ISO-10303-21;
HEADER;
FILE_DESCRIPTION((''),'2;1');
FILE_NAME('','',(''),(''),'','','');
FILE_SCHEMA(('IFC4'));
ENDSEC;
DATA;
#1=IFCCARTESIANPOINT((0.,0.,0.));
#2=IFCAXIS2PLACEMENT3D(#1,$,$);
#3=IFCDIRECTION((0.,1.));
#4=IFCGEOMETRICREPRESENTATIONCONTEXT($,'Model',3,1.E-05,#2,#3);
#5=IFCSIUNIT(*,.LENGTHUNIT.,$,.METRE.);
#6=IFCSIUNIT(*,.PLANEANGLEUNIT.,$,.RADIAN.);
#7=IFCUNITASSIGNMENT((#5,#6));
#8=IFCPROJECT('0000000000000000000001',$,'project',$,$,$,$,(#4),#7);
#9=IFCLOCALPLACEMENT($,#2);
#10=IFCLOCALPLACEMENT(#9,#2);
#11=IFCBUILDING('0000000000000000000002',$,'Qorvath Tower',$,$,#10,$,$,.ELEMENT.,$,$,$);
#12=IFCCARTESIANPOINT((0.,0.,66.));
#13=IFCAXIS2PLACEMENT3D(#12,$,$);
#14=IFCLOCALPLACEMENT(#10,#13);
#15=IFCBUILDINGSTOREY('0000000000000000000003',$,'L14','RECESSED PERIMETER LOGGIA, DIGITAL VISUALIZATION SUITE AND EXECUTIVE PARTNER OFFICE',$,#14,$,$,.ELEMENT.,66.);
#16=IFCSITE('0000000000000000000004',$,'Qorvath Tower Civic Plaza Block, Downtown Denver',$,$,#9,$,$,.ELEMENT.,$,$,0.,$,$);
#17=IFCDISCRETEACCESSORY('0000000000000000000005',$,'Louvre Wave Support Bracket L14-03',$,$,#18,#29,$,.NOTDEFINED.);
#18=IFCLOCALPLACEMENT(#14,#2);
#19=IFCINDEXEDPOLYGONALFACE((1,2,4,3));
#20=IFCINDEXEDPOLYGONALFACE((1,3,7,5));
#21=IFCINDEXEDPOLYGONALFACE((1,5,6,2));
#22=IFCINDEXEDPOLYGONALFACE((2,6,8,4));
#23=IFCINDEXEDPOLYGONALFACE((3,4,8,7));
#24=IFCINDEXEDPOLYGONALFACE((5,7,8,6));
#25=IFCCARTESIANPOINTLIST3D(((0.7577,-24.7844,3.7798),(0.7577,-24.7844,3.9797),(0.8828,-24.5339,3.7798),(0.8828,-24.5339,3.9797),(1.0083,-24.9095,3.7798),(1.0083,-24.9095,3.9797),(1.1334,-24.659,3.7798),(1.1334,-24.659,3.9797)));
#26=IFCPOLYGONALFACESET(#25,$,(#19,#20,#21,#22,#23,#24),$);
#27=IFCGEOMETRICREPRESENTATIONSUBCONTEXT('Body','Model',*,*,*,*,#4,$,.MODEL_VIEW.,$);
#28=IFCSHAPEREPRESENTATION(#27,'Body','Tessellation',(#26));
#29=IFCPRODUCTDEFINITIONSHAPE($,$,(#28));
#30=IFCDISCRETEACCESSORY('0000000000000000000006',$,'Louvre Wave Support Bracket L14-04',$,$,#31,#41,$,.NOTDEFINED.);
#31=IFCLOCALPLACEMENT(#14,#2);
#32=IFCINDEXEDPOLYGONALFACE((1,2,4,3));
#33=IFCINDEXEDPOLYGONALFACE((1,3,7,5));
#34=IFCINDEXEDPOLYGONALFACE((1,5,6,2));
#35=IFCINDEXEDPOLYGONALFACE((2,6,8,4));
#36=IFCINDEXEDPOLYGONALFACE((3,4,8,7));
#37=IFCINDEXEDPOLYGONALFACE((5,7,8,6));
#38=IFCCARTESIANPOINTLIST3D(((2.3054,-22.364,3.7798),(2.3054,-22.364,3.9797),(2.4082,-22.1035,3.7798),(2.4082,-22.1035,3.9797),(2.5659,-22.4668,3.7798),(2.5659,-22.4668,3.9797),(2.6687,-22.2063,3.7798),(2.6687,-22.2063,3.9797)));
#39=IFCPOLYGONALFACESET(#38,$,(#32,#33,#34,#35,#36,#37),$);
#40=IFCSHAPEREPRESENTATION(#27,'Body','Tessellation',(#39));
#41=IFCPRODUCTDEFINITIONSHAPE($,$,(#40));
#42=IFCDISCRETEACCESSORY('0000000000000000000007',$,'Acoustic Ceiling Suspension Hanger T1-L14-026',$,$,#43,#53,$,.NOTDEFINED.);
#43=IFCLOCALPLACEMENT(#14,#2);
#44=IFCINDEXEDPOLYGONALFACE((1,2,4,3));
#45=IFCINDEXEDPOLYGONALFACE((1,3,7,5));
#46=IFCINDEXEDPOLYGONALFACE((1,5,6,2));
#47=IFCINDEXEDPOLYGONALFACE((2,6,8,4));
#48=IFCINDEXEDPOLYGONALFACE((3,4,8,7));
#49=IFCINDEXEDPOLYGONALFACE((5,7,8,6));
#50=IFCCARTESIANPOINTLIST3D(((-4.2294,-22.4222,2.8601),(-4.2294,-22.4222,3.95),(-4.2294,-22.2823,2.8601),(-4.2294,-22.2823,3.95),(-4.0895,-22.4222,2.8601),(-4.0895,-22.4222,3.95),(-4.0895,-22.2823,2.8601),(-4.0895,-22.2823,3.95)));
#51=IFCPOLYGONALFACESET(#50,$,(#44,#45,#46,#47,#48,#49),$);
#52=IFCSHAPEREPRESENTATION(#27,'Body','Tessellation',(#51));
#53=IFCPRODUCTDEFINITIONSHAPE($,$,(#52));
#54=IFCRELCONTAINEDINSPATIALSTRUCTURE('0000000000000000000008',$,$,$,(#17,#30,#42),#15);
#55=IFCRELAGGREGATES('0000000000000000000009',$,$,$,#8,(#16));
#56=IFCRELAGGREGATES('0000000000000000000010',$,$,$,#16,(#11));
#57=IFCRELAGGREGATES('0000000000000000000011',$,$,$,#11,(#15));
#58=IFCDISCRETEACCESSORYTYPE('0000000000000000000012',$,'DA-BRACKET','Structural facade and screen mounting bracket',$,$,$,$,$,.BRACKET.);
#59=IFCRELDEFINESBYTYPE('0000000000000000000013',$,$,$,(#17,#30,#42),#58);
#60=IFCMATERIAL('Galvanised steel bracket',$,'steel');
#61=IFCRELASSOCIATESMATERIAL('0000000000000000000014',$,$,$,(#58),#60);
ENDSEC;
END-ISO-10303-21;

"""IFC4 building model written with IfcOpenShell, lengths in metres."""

from ifc_helpers import new_model, si_unit, direction, frame, origin, origin_2d, place, context, subcontext, project, spatial, rectangle, extrude, material, type_object, element, save


model = new_model("IFC4")

# Units and contexts
model_context = context("Model", 3, precision=1e-05, world=origin(), true_north=direction((0.0, 1.0)))
body_context = subcontext(model_context, "Body", "Model", "MODEL_VIEW")
ifc_project = project(units=[si_unit("LENGTHUNIT", "METRE"), si_unit("PLANEANGLEUNIT", "RADIAN")], contexts=[model_context])

# Site, building, storey
site_placement = place(None, origin())
site = spatial("IfcSite", under=ifc_project, at=site_placement, Name="Qorvath Tower Civic Plaza Block, Downtown Denver", CompositionType="ELEMENT", RefElevation=0.0)
building_placement = place(site_placement, origin())
building = spatial("IfcBuilding", under=site, at=building_placement, Name="Qorvath Tower", CompositionType="ELEMENT")
storey_placement = place(building_placement, frame((0.0, 0.0, 66.0)))
storey = spatial("IfcBuildingStorey", under=building, at=storey_placement, Name="L14", Description="RECESSED PERIMETER LOGGIA, DIGITAL VISUALIZATION SUITE AND EXECUTIVE PARTNER OFFICE", CompositionType="ELEMENT", Elevation=66.0)

# Discrete accessories
ifc_material_1 = material(Name="Galvanised steel bracket", Category="steel")
discrete_accessory_type = type_object("IfcDiscreteAccessoryType", Name="DA-BRACKET", Description="Structural facade and screen mounting bracket", PredefinedType="BRACKET", material=ifc_material_1)
for number, where, z_axis, x_axis, name in (
    (1, (0.9456, -24.7217, 3.7798), (0.0, 0.0, 1.0), (0.446777, 0.894645, 0.0), "Louvre Wave Support Bracket L14-03"),
    (2, (2.4871, -22.2852, 3.7798), (0.0, 0.0, 1.0), (0.366925, 0.930251, 0.0), "Louvre Wave Support Bracket L14-04"),
):
    element("IfcDiscreteAccessory", number, at=place(storey_placement, frame(where, z_axis=z_axis, x_axis=x_axis)), inside=storey, type_object=discrete_accessory_type, Name=name, PredefinedType="NOTDEFINED", context=body_context, shape_type="SweptSolid", body=[
        extrude(rectangle(XDim=0.28, YDim=0.28, at=origin_2d()), origin(), (0.0, 0.0, 1.0), 0.2),
    ])
discrete_accessory_placement = place(storey_placement, frame((-4.1594, -22.3523, 2.8601), z_axis=(0.0, 0.0, 1.0), x_axis=(1.0, 0.0, 0.0)))
element("IfcDiscreteAccessory", 3, at=discrete_accessory_placement, inside=storey, type_object=discrete_accessory_type, Name="Acoustic Ceiling Suspension Hanger T1-L14-026", PredefinedType="NOTDEFINED", context=body_context, shape_type="SweptSolid", body=[
    extrude(rectangle(XDim=0.1399, YDim=0.1399, at=origin_2d()), origin(), (0.0, 0.0, 1.0), 1.0898),
])

save(model, "model.ifc")
